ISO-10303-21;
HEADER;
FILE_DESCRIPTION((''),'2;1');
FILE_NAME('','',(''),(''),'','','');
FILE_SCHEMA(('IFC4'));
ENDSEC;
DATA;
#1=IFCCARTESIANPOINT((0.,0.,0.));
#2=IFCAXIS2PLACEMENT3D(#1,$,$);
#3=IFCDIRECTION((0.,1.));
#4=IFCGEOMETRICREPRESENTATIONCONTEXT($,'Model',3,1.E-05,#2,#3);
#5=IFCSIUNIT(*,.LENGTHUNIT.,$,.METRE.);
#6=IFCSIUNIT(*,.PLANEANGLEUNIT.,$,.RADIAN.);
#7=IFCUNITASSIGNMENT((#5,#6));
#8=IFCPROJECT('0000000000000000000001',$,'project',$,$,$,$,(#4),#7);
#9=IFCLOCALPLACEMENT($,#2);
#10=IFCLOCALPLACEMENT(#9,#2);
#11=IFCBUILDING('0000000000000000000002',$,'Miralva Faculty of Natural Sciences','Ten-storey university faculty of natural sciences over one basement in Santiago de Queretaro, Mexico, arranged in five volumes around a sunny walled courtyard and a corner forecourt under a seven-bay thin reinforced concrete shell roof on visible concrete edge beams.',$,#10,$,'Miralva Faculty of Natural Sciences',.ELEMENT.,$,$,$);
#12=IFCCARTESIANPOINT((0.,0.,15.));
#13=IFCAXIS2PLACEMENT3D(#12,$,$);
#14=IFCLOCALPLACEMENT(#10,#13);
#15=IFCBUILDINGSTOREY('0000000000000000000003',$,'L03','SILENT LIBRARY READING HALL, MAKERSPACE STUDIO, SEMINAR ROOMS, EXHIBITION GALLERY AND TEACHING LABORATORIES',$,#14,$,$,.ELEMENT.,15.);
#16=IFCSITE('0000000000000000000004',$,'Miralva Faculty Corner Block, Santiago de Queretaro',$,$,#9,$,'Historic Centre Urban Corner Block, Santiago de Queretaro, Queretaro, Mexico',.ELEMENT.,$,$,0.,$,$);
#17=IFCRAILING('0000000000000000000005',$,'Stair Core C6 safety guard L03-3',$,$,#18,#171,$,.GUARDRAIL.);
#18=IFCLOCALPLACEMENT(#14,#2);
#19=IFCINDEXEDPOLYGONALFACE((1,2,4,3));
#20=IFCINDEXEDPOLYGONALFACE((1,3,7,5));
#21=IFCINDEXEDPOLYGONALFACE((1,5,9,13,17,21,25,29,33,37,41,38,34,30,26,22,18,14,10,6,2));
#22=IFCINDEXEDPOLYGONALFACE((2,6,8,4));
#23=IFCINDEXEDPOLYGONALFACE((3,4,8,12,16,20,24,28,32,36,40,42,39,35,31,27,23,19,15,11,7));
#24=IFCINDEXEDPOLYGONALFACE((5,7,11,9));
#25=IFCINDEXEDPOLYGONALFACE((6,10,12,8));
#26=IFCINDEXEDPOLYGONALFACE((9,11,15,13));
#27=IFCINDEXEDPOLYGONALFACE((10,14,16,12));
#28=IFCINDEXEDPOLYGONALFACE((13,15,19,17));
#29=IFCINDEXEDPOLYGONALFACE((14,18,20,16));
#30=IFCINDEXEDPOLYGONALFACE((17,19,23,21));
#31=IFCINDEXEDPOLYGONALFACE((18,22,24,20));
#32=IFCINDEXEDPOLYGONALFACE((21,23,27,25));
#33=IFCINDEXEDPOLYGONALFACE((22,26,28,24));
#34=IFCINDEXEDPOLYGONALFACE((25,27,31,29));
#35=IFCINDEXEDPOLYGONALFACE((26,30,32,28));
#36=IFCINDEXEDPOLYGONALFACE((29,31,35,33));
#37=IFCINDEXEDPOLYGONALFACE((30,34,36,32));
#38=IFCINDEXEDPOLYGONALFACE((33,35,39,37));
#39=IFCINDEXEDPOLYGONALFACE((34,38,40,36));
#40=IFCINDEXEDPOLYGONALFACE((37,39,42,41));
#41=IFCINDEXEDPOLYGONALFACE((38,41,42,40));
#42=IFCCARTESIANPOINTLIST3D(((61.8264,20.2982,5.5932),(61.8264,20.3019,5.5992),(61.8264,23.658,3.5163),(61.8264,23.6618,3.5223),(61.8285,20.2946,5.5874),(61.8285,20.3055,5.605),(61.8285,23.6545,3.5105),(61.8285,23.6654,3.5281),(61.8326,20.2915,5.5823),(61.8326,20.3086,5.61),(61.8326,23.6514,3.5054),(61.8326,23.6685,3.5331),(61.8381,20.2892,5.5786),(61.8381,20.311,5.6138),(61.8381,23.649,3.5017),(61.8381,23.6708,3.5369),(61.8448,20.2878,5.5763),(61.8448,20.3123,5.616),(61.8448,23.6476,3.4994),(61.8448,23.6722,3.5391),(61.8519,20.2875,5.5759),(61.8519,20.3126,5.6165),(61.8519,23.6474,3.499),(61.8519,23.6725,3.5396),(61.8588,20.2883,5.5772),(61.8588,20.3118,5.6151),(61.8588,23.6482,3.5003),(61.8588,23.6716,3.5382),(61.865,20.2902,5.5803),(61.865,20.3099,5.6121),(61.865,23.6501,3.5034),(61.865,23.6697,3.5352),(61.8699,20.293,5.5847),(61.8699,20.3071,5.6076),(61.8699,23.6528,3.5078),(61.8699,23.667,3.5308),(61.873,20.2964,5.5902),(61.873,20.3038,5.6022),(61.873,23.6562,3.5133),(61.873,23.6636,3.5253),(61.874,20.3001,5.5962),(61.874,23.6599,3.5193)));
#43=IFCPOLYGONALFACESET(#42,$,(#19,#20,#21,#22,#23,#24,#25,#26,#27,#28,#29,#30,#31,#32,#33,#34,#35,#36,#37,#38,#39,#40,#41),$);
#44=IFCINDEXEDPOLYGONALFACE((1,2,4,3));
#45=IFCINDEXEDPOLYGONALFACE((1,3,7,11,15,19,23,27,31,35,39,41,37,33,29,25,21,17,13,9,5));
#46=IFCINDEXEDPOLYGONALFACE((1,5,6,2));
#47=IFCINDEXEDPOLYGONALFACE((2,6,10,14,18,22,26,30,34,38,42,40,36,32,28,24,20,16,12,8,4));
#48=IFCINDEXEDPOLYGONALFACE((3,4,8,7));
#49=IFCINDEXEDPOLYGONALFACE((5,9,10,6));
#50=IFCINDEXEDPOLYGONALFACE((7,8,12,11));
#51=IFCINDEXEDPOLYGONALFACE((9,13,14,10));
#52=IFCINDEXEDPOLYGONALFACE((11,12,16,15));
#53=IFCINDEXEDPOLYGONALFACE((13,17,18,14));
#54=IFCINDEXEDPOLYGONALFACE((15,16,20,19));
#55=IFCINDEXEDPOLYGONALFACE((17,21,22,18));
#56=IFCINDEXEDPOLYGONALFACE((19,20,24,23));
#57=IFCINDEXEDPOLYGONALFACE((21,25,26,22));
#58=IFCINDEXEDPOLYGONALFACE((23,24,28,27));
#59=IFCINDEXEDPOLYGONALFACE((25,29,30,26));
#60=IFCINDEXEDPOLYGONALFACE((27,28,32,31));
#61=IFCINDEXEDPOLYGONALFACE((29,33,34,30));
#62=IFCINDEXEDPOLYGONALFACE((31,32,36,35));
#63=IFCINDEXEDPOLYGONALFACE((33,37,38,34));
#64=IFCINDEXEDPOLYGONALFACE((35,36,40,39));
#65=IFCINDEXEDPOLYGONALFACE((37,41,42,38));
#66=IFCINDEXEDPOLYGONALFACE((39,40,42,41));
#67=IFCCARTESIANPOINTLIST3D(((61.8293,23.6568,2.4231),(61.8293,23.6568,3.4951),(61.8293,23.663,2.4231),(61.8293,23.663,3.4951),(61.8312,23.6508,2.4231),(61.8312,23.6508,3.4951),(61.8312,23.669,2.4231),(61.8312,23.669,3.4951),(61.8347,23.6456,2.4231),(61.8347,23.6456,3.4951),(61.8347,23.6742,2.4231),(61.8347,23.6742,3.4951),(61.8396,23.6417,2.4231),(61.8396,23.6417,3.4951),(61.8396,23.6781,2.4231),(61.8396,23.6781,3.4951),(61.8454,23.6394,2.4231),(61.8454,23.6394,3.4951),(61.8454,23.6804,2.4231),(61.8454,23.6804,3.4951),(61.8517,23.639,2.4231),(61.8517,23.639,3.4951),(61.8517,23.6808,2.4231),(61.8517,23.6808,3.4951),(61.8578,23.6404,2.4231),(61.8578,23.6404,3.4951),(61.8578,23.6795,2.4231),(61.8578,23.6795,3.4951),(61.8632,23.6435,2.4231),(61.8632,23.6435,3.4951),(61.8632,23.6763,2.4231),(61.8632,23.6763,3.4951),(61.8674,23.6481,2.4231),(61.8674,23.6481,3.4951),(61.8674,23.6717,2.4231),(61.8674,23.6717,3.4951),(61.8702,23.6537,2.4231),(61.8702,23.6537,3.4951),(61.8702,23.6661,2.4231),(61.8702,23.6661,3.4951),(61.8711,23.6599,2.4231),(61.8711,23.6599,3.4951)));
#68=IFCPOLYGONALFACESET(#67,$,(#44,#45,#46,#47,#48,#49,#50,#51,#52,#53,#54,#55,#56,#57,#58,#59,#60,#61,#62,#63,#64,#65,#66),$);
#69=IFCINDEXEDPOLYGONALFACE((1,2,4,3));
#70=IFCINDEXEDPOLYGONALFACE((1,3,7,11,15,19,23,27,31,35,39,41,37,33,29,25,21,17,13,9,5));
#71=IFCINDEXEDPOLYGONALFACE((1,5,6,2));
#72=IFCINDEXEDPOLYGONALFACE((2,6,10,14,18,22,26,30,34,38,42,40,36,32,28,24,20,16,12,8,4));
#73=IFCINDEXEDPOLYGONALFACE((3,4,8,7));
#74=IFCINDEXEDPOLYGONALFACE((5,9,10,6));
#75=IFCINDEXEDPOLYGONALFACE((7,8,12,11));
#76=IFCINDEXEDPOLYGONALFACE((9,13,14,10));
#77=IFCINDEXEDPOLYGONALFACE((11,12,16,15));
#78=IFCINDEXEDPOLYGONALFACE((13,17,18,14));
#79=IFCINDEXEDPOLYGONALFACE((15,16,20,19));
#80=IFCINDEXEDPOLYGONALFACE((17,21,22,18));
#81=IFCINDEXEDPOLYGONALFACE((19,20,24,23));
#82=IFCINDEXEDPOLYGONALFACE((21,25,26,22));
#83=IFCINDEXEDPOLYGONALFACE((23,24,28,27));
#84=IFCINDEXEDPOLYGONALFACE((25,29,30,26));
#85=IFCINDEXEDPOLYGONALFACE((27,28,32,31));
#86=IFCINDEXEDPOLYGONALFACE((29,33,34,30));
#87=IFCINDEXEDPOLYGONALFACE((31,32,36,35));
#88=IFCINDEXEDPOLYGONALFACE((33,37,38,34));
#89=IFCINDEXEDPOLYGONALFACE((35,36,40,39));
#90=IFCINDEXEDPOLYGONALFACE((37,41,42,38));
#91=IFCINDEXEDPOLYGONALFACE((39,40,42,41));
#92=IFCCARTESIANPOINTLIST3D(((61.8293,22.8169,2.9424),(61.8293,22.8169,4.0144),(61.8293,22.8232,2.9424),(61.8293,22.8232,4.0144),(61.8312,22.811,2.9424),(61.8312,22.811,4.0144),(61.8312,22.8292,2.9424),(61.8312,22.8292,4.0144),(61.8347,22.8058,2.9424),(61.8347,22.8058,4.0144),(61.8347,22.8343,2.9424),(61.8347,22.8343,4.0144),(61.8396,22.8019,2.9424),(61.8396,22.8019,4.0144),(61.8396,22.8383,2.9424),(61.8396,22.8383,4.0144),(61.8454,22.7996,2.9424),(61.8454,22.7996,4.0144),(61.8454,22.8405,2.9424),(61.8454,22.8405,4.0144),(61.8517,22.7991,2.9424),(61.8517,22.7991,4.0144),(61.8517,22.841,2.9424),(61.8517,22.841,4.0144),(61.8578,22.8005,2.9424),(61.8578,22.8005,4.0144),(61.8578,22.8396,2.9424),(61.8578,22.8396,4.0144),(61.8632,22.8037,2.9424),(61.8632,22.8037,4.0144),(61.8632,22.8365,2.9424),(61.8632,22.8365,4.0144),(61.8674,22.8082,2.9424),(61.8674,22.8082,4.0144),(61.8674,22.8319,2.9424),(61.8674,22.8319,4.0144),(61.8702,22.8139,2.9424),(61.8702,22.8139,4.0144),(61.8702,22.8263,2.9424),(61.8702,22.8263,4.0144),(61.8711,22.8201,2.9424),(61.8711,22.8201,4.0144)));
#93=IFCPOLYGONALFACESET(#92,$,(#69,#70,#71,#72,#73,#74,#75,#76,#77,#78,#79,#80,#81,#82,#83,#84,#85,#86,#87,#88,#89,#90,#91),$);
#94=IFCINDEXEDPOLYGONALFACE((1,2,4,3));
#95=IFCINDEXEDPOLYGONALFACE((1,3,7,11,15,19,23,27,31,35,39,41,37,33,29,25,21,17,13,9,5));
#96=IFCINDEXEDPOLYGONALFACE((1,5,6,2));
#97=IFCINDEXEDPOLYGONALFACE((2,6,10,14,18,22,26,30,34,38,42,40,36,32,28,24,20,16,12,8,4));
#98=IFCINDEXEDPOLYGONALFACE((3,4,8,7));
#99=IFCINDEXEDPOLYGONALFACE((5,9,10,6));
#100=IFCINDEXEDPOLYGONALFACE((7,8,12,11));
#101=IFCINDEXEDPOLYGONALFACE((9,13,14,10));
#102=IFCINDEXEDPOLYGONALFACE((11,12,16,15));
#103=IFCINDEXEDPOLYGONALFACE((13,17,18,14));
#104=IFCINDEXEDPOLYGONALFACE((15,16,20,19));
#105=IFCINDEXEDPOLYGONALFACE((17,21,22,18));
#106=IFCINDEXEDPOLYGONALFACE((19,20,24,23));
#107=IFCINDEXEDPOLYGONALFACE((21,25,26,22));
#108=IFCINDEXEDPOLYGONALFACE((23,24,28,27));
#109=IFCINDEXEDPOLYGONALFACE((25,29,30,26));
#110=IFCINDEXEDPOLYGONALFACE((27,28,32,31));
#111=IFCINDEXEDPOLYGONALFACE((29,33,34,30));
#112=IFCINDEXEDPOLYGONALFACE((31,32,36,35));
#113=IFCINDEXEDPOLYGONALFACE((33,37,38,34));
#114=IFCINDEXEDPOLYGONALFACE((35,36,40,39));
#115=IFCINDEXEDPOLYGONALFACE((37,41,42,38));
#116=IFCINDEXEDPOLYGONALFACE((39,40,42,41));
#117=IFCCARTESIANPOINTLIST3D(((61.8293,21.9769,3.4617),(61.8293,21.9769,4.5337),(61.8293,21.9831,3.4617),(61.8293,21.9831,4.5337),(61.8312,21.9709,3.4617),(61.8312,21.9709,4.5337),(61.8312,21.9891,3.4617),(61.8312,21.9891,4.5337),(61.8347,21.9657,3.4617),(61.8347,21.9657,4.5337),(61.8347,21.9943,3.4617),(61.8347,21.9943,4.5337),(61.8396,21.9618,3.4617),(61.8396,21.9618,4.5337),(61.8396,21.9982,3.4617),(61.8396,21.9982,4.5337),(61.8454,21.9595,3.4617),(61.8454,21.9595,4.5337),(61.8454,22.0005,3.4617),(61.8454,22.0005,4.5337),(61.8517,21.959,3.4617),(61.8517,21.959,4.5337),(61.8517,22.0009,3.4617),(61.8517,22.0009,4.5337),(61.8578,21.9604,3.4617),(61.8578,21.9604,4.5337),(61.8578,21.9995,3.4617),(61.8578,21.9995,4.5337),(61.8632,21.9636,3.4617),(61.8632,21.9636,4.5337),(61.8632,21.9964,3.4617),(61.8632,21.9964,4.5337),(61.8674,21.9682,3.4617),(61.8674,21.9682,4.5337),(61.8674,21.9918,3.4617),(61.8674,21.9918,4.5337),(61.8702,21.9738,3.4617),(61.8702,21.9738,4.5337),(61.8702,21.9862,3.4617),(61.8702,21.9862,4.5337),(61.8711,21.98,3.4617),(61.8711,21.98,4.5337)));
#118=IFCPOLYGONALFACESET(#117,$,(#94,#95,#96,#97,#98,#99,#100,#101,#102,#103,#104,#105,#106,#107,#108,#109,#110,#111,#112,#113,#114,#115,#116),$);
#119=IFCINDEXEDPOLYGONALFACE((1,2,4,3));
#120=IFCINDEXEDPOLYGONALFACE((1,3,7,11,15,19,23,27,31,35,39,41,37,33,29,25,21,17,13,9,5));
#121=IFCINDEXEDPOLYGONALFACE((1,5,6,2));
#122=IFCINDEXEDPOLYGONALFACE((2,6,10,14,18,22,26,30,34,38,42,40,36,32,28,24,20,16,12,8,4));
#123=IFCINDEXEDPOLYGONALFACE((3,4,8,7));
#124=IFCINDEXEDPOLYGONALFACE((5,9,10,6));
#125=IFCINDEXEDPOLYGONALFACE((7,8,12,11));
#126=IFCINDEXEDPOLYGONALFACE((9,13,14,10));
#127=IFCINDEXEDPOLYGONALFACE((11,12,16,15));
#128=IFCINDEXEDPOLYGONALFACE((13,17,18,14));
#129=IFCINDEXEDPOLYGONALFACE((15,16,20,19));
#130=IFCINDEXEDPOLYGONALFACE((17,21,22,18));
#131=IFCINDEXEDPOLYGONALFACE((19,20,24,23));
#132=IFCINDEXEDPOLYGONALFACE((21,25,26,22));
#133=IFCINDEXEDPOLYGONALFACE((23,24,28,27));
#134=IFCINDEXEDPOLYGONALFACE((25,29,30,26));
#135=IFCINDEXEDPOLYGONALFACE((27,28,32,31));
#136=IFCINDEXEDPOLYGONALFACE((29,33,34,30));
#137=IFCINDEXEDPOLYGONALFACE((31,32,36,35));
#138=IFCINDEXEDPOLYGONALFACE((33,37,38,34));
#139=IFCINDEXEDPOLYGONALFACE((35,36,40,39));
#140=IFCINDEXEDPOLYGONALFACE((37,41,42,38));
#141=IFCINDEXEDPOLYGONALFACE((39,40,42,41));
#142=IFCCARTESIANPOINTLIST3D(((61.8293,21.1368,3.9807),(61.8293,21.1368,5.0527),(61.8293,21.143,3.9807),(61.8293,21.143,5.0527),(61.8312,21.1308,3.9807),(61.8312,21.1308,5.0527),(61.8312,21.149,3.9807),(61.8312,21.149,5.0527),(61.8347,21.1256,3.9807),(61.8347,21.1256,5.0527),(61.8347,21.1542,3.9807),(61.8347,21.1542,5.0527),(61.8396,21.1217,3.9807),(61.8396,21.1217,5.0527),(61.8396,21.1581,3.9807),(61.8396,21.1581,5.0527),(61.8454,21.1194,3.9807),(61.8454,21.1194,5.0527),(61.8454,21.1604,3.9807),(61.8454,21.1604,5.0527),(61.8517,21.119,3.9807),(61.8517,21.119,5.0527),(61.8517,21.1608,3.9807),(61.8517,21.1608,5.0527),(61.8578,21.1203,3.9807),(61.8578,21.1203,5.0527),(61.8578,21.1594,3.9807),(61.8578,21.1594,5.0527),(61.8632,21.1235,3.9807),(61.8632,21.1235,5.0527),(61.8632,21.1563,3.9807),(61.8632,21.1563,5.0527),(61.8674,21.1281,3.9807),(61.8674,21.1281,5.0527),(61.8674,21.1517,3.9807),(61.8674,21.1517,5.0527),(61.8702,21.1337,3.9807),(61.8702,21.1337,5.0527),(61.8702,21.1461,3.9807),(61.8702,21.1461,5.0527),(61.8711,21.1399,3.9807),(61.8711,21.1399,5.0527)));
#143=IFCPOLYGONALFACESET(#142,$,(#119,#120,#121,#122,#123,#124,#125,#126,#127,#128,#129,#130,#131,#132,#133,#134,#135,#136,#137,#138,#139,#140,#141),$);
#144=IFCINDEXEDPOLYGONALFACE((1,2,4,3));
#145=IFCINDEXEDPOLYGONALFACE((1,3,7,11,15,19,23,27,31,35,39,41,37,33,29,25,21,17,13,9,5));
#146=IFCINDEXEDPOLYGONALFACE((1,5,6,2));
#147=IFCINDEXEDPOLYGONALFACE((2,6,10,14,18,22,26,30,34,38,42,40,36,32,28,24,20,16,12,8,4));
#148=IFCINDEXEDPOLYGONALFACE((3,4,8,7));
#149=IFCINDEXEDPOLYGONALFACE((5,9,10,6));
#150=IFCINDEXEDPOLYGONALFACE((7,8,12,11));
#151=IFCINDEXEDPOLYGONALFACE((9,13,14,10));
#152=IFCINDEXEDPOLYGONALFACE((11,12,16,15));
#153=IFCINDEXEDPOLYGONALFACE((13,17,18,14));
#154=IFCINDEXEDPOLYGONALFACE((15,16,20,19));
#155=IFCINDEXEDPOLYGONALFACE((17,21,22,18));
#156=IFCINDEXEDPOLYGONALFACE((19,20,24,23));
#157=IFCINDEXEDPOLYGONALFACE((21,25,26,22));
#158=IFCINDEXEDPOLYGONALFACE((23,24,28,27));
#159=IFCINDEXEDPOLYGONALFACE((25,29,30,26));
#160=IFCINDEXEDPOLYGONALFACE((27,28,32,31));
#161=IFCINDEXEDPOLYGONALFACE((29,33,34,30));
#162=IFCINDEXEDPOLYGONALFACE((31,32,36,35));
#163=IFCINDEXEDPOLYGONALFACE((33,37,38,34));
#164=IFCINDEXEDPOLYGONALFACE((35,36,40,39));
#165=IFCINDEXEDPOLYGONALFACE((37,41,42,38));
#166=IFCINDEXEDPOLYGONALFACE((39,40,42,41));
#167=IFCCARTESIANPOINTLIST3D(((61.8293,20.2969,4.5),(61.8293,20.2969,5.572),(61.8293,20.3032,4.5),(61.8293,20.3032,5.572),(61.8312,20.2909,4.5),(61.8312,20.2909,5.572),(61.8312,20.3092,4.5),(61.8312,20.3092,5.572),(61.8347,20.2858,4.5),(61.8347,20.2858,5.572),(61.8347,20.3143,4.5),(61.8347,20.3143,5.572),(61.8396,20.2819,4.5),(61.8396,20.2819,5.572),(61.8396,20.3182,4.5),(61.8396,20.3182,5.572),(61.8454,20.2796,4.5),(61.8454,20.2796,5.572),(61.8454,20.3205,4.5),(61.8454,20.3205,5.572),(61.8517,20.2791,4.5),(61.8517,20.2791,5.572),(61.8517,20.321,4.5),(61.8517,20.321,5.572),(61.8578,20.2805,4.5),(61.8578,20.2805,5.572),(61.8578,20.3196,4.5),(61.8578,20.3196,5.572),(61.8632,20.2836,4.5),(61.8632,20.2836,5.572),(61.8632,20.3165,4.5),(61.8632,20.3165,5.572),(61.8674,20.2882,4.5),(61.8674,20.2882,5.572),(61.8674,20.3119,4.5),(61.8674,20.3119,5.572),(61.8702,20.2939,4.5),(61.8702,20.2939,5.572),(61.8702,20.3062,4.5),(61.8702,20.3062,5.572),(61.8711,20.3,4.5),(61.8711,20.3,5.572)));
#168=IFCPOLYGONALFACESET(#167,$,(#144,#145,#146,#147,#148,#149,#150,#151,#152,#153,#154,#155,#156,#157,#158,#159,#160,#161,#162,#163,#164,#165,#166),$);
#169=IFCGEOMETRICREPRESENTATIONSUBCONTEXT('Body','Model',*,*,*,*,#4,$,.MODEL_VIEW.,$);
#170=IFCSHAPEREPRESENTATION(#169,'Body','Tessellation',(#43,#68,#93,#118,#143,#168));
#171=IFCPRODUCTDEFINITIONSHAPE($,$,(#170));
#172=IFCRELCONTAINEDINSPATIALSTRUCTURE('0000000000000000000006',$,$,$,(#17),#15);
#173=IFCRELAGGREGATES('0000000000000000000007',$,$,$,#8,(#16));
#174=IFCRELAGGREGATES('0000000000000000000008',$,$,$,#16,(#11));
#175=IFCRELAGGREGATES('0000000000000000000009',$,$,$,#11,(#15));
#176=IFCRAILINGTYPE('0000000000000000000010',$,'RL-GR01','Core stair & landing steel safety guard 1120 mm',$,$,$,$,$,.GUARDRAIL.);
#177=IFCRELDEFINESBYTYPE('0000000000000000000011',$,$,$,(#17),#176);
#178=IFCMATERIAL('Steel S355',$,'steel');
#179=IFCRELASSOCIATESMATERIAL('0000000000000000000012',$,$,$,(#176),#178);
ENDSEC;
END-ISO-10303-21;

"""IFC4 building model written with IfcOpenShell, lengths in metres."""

from ifc_helpers import new_model, si_unit, direction, frame, origin, origin_2d, place, context, subcontext, project, spatial, circle, extrude, material, type_object, element, save


model = new_model("IFC4")

# Units and contexts
model_context = context("Model", 3, precision=1e-05, world=origin(), true_north=direction((0.0, 1.0)))
body_context = subcontext(model_context, "Body", "Model", "MODEL_VIEW")
ifc_project = project(units=[si_unit("LENGTHUNIT", "METRE"), si_unit("PLANEANGLEUNIT", "RADIAN")], contexts=[model_context])

# Site, building, storey
site_placement = place(None, origin())
site = spatial("IfcSite", under=ifc_project, at=site_placement, Name="Miralva Faculty Corner Block, Santiago de Queretaro", LongName="Historic Centre Urban Corner Block, Santiago de Queretaro, Queretaro, Mexico", CompositionType="ELEMENT", RefElevation=0.0)
building_placement = place(site_placement, origin())
building = spatial("IfcBuilding", under=site, at=building_placement, Name="Miralva Faculty of Natural Sciences", Description="Ten-storey university faculty of natural sciences over one basement in Santiago de Queretaro, Mexico, arranged in five volumes around a sunny walled courtyard and a corner forecourt under a seven-bay thin reinforced concrete shell roof on visible concrete edge beams.", LongName="Miralva Faculty of Natural Sciences", CompositionType="ELEMENT")
storey_placement = place(building_placement, frame((0.0, 0.0, 15.0)))
storey = spatial("IfcBuildingStorey", under=building, at=storey_placement, Name="L03", Description="SILENT LIBRARY READING HALL, MAKERSPACE STUDIO, SEMINAR ROOMS, EXHIBITION GALLERY AND TEACHING LABORATORIES", CompositionType="ELEMENT", Elevation=15.0)

# Railing
ifc_material_1 = material(Name="Steel S355", Category="steel")
railing_type_1 = type_object("IfcRailingType", Name="RL-GR01", Description="Core stair & landing steel safety guard 1120 mm", PredefinedType="GUARDRAIL", material=ifc_material_1)
railing_1_placement = place(storey_placement, frame((61.8501, 23.6599, 2.4231)))
element("IfcRailing", 1, at=railing_1_placement, inside=storey, type_object=railing_type_1, Name="Stair Core C6 safety guard L03-3", PredefinedType="GUARDRAIL", context=body_context, shape_type="SweptSolid", body=[
    extrude(circle(Radius=0.0239, at=origin_2d()), frame((0.0, 0.0, 1.0962), z_axis=(0.0, -0.850606, 0.525803), x_axis=(1.0, 0.0, 0.0)), (0.0, 0.0, 1.0), 3.95),
    extrude(circle(Radius=0.021, at=origin_2d()), origin(), (0.0, 0.0, 1.0), 1.072),
    extrude(circle(Radius=0.021, at=origin_2d()), frame((0.0, -0.8398, 0.5193)), (0.0, 0.0, 1.0), 1.072),
    extrude(circle(Radius=0.021, at=origin_2d()), frame((0.0, -1.6799, 1.0386)), (0.0, 0.0, 1.0), 1.072),
    extrude(circle(Radius=0.021, at=origin_2d()), frame((0.0, -2.52, 1.5576)), (0.0, 0.0, 1.0), 1.072),
    extrude(circle(Radius=0.021, at=origin_2d()), frame((0.0, -3.3599, 2.0769)), (0.0, 0.0, 1.0), 1.072),
])

save(model, "model.ifc")
